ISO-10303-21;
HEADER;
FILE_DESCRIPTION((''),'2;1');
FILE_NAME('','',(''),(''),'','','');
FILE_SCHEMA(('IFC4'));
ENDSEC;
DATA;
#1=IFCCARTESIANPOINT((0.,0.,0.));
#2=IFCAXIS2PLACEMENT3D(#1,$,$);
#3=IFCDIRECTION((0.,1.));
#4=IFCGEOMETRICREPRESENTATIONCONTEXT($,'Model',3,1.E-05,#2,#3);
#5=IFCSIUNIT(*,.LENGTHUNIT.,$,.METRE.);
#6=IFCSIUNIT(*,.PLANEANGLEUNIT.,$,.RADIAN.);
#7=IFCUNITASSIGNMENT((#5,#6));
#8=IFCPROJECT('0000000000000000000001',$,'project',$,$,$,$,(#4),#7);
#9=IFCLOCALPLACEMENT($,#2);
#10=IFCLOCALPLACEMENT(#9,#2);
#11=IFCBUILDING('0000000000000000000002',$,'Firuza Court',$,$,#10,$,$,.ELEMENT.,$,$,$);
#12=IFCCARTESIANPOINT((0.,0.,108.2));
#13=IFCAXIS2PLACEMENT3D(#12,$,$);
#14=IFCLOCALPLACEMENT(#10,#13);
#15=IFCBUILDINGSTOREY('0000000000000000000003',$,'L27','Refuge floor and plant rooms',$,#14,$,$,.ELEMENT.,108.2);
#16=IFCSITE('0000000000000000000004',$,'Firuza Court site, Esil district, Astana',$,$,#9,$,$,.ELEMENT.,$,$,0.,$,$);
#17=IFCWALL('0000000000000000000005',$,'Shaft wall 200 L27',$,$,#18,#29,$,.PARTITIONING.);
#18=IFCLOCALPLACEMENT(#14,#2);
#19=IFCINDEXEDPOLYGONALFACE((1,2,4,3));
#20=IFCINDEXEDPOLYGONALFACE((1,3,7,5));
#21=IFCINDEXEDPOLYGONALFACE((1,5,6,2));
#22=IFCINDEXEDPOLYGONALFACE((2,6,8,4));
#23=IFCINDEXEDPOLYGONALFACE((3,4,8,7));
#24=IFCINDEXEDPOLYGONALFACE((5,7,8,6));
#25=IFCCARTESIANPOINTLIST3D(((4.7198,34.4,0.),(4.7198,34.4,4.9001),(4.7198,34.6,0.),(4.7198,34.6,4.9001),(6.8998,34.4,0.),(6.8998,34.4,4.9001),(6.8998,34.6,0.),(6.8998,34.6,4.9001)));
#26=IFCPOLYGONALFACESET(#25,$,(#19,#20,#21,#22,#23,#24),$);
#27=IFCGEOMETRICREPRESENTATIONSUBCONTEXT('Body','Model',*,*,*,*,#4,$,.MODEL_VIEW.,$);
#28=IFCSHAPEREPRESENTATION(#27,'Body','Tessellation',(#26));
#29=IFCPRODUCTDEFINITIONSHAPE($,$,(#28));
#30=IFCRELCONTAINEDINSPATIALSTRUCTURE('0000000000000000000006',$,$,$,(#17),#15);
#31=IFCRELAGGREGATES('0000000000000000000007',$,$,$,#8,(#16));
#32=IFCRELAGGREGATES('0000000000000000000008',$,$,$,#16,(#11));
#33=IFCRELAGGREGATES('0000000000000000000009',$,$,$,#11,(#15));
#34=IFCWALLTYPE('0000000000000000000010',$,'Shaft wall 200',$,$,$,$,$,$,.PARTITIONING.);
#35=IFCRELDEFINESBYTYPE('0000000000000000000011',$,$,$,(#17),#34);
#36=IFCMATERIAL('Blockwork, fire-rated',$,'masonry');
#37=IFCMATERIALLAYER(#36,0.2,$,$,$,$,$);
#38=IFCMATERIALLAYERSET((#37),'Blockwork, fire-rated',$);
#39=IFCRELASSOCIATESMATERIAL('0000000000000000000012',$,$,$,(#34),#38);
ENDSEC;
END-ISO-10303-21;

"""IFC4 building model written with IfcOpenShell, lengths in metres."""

from ifc_helpers import new_model, si_unit, direction, frame, frame_2d, origin, place, context, subcontext, project, spatial, rectangle, extrude, material, layer, layer_set, type_object, element, save


model = new_model("IFC4")

# Units and contexts
model_context = context("Model", 3, precision=1e-05, world=origin(), true_north=direction((0.0, 1.0)))
body_context = subcontext(model_context, "Body", "Model", "MODEL_VIEW")
ifc_project = project(units=[si_unit("LENGTHUNIT", "METRE"), si_unit("PLANEANGLEUNIT", "RADIAN")], contexts=[model_context])

# Site, building, storey
site_placement = place(None, origin())
site = spatial("IfcSite", under=ifc_project, at=site_placement, Name="Firuza Court site, Esil district, Astana", CompositionType="ELEMENT", RefElevation=0.0)
building_placement = place(site_placement, origin())
building = spatial("IfcBuilding", under=site, at=building_placement, Name="Firuza Court", CompositionType="ELEMENT")
storey_placement = place(building_placement, frame((0.0, 0.0, 108.2)))
storey = spatial("IfcBuildingStorey", under=building, at=storey_placement, Name="L27", Description="Refuge floor and plant rooms", CompositionType="ELEMENT", Elevation=108.2)

# Shared definitions
ifc_material_1 = material(Name="Blockwork, fire-rated", Category="masonry")
ifc_layer_1 = layer(ifc_material_1, 0.2)
ifc_layer_set_1 = layer_set([ifc_layer_1], Name="Blockwork, fire-rated")
wall_type_1 = type_object("IfcWallType", Name="Shaft wall 200", PredefinedType="PARTITIONING", material=ifc_layer_set_1)

# Wall
wall_1_placement = place(storey_placement, frame((4.72, 34.5, 0.0), z_axis=(0.0, 0.0, 1.0), x_axis=(1.0, 0.0, 0.0)))
element("IfcWall", 1, at=wall_1_placement, inside=storey, type_object=wall_type_1, Name="Shaft wall 200 L27", PredefinedType="PARTITIONING", context=body_context, shape_type="SweptSolid", body=[
    extrude(rectangle(XDim=2.1799, YDim=0.2, at=frame_2d((1.0898, 0.0))), origin(), (0.0, 0.0, 1.0), 4.9001),
])

save(model, "model.ifc")
